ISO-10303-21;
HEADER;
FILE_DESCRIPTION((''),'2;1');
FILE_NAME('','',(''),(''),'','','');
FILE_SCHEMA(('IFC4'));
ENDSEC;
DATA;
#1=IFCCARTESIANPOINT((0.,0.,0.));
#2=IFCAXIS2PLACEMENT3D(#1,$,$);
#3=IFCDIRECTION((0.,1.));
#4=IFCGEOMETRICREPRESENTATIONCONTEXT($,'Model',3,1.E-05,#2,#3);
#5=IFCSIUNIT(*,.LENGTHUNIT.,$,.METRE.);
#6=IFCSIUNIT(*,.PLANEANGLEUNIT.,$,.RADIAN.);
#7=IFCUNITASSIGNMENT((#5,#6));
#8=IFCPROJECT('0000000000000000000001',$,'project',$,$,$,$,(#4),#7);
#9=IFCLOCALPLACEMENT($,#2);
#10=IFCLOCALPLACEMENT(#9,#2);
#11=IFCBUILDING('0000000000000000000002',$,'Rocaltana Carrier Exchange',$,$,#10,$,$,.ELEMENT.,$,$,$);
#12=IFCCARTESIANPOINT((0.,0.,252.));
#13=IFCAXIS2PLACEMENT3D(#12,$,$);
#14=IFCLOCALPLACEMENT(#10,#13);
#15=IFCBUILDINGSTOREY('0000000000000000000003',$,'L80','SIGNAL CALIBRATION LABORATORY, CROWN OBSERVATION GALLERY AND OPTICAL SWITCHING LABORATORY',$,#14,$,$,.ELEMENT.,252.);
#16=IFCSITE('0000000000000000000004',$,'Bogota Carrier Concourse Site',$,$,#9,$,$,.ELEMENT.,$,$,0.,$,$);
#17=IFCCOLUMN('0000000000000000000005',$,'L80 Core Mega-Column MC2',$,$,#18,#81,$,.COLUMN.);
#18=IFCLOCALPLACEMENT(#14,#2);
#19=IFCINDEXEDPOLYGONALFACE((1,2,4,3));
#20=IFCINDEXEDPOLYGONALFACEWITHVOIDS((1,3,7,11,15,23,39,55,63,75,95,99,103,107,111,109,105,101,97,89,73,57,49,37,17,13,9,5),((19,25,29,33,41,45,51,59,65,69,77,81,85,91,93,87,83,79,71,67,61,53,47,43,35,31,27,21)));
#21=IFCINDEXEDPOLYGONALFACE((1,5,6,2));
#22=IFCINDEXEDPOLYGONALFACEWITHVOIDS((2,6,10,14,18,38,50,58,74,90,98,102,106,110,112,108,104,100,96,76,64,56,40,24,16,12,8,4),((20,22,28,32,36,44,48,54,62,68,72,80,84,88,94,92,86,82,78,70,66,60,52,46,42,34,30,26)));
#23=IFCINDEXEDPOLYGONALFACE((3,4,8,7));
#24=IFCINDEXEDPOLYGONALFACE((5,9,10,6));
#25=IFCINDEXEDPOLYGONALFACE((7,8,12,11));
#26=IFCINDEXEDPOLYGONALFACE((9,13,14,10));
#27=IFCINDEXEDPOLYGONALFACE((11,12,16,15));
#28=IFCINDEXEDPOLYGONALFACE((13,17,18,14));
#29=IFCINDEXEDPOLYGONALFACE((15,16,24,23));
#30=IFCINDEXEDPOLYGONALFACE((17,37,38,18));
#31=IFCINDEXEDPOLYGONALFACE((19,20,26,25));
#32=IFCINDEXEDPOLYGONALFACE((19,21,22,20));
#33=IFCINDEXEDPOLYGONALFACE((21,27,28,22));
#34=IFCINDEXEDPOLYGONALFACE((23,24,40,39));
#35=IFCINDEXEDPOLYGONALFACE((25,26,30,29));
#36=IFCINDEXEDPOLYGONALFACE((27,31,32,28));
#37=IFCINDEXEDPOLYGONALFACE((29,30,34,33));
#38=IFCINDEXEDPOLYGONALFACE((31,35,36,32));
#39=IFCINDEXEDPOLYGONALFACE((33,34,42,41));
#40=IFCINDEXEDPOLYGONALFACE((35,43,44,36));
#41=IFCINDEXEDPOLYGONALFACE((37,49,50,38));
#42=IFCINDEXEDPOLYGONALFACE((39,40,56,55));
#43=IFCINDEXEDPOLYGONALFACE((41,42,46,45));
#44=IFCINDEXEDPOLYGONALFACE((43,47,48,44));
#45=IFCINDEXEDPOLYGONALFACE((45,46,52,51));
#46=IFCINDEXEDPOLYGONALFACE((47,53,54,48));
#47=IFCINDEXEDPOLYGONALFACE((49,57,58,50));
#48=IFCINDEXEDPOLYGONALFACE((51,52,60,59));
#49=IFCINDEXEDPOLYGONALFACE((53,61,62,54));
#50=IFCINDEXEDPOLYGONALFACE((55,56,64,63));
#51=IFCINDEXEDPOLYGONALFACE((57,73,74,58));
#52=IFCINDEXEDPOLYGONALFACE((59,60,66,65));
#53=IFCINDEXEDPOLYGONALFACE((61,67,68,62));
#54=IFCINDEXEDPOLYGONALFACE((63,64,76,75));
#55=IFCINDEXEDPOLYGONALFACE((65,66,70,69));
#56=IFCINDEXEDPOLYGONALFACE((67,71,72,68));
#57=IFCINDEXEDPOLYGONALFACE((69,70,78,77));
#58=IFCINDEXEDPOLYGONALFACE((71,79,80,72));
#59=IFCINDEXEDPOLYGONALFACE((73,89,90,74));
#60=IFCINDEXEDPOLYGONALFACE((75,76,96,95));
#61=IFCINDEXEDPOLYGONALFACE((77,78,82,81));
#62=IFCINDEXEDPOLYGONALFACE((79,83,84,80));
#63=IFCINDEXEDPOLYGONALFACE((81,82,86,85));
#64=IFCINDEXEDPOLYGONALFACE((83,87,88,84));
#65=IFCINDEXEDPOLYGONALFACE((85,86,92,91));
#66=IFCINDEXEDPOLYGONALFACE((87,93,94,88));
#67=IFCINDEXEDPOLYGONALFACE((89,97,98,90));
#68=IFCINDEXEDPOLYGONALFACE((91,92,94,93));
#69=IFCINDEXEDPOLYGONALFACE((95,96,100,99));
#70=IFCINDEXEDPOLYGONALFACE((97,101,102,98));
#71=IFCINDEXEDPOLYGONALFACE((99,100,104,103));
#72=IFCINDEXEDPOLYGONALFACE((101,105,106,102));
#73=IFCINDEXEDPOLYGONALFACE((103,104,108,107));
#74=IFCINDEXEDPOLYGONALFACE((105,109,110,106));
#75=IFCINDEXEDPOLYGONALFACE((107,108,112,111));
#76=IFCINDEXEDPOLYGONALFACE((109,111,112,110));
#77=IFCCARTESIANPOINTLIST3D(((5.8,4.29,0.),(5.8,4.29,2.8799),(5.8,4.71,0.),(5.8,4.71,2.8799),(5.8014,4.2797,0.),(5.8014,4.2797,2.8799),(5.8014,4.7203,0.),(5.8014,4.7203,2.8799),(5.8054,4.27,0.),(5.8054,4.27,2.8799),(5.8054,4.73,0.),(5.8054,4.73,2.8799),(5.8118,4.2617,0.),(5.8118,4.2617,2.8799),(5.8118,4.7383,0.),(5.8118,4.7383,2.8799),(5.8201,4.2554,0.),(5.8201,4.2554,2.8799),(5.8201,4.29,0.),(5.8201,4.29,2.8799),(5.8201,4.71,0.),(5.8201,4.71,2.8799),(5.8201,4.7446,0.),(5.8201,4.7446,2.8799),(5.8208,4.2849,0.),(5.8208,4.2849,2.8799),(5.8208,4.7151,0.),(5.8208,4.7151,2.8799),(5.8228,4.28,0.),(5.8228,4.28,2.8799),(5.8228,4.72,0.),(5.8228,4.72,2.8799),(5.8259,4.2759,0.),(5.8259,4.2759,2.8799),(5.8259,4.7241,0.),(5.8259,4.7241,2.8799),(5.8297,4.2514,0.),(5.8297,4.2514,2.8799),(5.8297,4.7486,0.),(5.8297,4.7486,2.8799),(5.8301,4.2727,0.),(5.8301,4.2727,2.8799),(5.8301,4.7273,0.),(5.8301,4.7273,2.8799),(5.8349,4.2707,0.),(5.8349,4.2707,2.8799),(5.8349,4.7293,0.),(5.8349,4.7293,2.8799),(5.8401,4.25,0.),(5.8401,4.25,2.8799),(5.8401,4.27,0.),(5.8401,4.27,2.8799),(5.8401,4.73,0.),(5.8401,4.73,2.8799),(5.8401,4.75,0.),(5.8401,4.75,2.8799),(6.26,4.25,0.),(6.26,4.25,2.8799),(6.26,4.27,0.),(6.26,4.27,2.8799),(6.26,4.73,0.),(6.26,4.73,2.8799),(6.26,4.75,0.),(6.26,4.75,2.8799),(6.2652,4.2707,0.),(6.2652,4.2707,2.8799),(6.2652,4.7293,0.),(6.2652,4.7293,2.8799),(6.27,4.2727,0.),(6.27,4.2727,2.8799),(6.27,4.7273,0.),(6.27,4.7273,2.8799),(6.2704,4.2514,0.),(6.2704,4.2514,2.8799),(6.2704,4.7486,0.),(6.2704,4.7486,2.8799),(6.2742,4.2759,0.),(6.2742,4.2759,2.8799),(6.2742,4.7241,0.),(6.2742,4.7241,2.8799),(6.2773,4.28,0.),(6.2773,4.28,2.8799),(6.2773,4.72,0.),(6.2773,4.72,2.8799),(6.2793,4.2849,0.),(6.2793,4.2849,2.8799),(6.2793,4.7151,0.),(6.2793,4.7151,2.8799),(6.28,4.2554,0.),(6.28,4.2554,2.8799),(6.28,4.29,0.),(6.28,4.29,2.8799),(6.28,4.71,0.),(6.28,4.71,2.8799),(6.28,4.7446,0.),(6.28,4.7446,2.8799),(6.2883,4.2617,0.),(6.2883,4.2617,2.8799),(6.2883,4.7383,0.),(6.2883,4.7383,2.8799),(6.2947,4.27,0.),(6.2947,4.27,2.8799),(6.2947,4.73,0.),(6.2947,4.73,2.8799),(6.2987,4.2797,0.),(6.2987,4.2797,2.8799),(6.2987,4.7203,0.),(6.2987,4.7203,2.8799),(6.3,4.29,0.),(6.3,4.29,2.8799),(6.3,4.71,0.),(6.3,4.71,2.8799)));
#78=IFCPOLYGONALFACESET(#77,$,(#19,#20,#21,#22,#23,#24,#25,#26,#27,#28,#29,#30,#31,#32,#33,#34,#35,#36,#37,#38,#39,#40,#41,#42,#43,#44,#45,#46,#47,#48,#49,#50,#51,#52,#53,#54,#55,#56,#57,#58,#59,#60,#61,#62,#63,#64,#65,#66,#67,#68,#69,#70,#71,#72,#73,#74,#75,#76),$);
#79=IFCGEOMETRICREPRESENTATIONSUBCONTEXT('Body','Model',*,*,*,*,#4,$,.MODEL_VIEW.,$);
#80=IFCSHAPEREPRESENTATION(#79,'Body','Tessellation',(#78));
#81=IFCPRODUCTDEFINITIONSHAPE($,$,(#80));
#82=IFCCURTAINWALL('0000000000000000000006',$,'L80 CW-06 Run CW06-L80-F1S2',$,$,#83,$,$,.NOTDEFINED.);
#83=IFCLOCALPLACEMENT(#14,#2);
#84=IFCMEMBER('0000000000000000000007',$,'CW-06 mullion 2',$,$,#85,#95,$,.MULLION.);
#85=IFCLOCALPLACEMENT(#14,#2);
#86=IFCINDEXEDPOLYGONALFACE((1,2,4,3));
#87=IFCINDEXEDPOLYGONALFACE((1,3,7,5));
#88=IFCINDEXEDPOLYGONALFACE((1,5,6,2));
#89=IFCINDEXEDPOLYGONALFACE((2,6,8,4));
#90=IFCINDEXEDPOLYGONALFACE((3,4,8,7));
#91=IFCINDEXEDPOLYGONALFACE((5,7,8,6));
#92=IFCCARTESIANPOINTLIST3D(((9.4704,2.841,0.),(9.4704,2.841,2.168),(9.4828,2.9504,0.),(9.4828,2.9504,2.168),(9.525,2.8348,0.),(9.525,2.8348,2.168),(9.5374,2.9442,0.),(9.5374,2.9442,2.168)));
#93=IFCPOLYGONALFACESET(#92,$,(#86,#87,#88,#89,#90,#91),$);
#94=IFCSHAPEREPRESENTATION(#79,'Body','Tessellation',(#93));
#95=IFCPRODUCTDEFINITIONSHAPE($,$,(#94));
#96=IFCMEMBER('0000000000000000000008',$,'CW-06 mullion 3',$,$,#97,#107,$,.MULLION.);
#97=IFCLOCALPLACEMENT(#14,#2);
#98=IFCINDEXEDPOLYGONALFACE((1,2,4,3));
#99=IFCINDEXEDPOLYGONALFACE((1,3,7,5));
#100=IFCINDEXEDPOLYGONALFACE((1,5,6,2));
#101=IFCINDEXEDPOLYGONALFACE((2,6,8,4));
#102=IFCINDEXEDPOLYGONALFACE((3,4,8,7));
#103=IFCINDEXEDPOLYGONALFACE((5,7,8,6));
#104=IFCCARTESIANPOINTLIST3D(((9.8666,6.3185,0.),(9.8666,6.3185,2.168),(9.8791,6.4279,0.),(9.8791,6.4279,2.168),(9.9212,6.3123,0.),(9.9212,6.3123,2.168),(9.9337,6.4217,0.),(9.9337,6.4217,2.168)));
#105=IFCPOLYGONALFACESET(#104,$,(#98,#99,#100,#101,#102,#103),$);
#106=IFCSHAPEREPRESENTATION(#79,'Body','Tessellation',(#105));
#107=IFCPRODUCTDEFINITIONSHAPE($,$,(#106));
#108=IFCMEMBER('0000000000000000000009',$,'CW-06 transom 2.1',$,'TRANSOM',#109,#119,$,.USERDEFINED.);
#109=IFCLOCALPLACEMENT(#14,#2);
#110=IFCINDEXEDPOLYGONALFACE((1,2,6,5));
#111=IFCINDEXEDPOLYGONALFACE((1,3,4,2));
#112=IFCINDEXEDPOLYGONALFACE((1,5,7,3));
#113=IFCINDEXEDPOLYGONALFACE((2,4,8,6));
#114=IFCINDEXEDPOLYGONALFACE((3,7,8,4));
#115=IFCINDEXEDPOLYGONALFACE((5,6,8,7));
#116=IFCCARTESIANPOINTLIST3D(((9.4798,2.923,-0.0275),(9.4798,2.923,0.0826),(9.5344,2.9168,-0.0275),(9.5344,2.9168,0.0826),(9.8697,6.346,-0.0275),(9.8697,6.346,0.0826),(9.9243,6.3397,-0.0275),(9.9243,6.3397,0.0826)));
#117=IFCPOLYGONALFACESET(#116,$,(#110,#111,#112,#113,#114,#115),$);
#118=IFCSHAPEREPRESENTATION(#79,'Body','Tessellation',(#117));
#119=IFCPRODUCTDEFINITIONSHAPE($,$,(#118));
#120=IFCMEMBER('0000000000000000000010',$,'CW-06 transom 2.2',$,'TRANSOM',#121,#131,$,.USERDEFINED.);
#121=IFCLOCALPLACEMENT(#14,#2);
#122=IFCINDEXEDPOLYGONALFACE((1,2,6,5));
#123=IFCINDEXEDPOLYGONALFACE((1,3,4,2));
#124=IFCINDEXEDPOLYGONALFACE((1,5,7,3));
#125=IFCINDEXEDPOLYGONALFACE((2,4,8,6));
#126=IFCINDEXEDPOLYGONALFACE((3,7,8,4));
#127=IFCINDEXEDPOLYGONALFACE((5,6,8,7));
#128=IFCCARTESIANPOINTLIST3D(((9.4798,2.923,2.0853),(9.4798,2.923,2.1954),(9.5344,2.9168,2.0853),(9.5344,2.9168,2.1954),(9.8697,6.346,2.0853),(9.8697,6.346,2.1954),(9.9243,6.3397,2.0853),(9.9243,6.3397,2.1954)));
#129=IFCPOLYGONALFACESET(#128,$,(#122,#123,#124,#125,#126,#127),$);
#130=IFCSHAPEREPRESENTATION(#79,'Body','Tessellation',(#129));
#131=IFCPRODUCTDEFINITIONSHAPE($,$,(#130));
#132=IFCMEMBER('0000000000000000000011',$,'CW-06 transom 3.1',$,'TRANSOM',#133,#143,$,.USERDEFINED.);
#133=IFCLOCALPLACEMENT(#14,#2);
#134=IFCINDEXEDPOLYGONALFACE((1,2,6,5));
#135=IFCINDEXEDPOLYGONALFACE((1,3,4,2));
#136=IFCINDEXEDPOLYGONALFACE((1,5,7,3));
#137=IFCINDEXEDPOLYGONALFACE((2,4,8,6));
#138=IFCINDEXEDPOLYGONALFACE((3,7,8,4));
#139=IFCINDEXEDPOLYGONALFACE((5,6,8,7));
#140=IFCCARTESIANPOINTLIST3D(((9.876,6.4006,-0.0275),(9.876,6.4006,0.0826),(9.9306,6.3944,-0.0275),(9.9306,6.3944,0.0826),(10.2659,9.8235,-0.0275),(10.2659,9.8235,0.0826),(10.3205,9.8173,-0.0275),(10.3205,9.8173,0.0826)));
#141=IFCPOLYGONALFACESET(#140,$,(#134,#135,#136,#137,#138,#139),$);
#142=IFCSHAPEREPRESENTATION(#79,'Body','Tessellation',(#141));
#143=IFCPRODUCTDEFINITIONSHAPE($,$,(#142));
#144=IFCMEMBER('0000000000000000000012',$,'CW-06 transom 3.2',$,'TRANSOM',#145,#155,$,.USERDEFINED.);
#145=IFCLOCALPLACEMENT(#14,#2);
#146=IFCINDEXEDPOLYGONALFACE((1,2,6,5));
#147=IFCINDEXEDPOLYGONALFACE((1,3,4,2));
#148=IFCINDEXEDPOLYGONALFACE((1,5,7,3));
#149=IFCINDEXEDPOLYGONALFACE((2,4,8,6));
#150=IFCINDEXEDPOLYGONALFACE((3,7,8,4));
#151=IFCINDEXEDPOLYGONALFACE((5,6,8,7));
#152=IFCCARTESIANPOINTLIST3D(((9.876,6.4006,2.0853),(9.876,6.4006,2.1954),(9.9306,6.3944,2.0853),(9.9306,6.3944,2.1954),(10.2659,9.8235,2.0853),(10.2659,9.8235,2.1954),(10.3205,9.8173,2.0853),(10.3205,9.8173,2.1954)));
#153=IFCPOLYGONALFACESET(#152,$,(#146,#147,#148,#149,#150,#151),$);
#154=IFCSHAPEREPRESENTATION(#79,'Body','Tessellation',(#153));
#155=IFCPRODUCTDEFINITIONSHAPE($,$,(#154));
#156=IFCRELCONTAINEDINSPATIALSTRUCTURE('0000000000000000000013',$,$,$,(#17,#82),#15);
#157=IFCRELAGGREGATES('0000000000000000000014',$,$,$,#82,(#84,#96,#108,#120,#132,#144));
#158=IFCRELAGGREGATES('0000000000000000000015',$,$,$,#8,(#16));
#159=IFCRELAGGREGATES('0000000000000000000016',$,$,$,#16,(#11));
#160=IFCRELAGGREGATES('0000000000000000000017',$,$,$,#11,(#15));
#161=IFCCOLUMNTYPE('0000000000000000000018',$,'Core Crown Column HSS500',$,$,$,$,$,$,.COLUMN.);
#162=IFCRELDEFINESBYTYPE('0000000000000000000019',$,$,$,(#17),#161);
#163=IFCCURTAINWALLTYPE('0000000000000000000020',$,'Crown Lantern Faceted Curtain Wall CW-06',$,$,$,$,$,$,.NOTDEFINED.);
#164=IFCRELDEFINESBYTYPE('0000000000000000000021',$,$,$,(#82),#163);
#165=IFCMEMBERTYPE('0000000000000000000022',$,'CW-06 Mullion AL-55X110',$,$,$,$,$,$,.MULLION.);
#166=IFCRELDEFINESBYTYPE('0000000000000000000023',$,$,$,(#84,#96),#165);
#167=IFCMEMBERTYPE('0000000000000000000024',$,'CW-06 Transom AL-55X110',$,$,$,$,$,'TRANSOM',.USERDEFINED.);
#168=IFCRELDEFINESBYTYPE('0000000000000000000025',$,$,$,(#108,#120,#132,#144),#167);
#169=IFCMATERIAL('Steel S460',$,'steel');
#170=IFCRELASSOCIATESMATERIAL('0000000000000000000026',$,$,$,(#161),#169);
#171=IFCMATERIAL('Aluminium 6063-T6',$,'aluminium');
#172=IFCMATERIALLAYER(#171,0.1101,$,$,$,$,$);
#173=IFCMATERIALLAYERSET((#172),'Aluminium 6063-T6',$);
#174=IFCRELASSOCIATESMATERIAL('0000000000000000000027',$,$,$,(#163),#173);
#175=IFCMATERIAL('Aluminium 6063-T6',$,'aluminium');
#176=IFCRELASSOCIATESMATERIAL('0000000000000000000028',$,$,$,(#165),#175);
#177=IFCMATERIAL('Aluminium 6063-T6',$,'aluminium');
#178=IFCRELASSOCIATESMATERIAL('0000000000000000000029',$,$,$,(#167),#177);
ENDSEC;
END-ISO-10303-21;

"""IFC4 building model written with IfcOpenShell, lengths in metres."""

from ifc_helpers import new_model, si_unit, direction, frame, origin, origin_2d, place, context, subcontext, project, spatial, rectangle, hollow_rectangle, extrude, material, layer, layer_set, material_profile, profile_set, type_object, element, aggregate, save


model = new_model("IFC4")

# Units and contexts
model_context = context("Model", 3, precision=1e-05, world=origin(), true_north=direction((0.0, 1.0)))
body_context = subcontext(model_context, "Body", "Model", "MODEL_VIEW")
ifc_project = project(units=[si_unit("LENGTHUNIT", "METRE"), si_unit("PLANEANGLEUNIT", "RADIAN")], contexts=[model_context])

# Site, building, storey
site_placement = place(None, origin())
site = spatial("IfcSite", under=ifc_project, at=site_placement, Name="Bogota Carrier Concourse Site", CompositionType="ELEMENT", RefElevation=0.0)
building_placement = place(site_placement, origin())
building = spatial("IfcBuilding", under=site, at=building_placement, Name="Rocaltana Carrier Exchange", CompositionType="ELEMENT")
storey_placement = place(building_placement, frame((0.0, 0.0, 252.0)))
storey = spatial("IfcBuildingStorey", under=building, at=storey_placement, Name="L80", Description="SIGNAL CALIBRATION LABORATORY, CROWN OBSERVATION GALLERY AND OPTICAL SWITCHING LABORATORY", CompositionType="ELEMENT", Elevation=252.0)

# Column
ifc_material_1 = material(Name="Steel S460", Category="steel")
ifc_material_profile_1 = material_profile(ifc_material_1, hollow_rectangle(XDim=0.5, YDim=0.5, WallThickness=0.02, InnerFilletRadius=0.02, OuterFilletRadius=0.04, at=origin_2d()), Name="HSS500X500X20")
ifc_profile_set_1 = profile_set([ifc_material_profile_1], Name="Steel S460")
column_type = type_object("IfcColumnType", Name="Core Crown Column HSS500", PredefinedType="COLUMN", material=ifc_profile_set_1)
column_placement = place(storey_placement, frame((6.05, 4.5, 0.0), z_axis=(0.0, 0.0, 1.0), x_axis=(1.0, 0.0, 0.0)))
element("IfcColumn", 1, at=column_placement, inside=storey, type_object=column_type, Name="L80 Core Mega-Column MC2", PredefinedType="COLUMN", context=body_context, shape_type="SweptSolid", body=[
    extrude(hollow_rectangle(XDim=0.5, YDim=0.5, WallThickness=0.02, InnerFilletRadius=0.02, OuterFilletRadius=0.04, at=origin_2d()), origin(), (0.0, 0.0, 1.0), 2.8799),
])

# Curtain wall, members
ifc_material_2 = material(Name="Aluminium 6063-T6", Category="aluminium")
ifc_layer_1 = layer(ifc_material_2, 0.1101)
ifc_layer_set_1 = layer_set([ifc_layer_1], Name="Aluminium 6063-T6")
curtain_wall_type = type_object("IfcCurtainWallType", Name="Crown Lantern Faceted Curtain Wall CW-06", PredefinedType="NOTDEFINED", material=ifc_layer_set_1)
curtain_wall_placement = place(storey_placement, origin())
curtain_wall = element("IfcCurtainWall", 2, at=curtain_wall_placement, inside=storey, type_object=curtain_wall_type, Name="L80 CW-06 Run CW06-L80-F1S2", PredefinedType="NOTDEFINED")
ifc_material_3 = material(Name="Aluminium 6063-T6", Category="aluminium")
ifc_material_profile_2 = material_profile(ifc_material_3, rectangle(XDim=0.0549, YDim=0.1101, at=origin_2d()), Name="AL-55X110")
ifc_profile_set_2 = profile_set([ifc_material_profile_2], Name="Aluminium 6063-T6")
member_type_1 = type_object("IfcMemberType", Name="CW-06 Mullion AL-55X110", PredefinedType="MULLION", material=ifc_profile_set_2)
member_1_placement = place(storey_placement, frame((9.5039, 2.8926, 0.0), z_axis=(0.0, 0.0, 1.0), x_axis=(-0.993572, 0.1132, 0.0)))
member_1 = element("IfcMember", 3, at=member_1_placement, type_object=member_type_1, Name="CW-06 mullion 2", PredefinedType="MULLION", context=body_context, shape_type="SweptSolid", body=[
    extrude(rectangle(XDim=0.0549, YDim=0.1101, at=origin_2d()), origin(), (0.0, 0.0, 1.0), 2.168),
])
member_2_placement = place(storey_placement, frame((9.9001, 6.3701, 0.0), z_axis=(0.0, 0.0, 1.0), x_axis=(-0.993572, 0.1132, 0.0)))
member_2 = element("IfcMember", 4, at=member_2_placement, type_object=member_type_1, Name="CW-06 mullion 3", PredefinedType="MULLION", context=body_context, shape_type="SweptSolid", body=[
    extrude(rectangle(XDim=0.0549, YDim=0.1101, at=origin_2d()), origin(), (0.0, 0.0, 1.0), 2.168),
])
ifc_material_4 = material(Name="Aluminium 6063-T6", Category="aluminium")
ifc_material_profile_3 = material_profile(ifc_material_4, rectangle(XDim=0.0549, YDim=0.1101, at=origin_2d()), Name="AL-55X110")
ifc_profile_set_3 = profile_set([ifc_material_profile_3], Name="Aluminium 6063-T6")
member_type_2 = type_object("IfcMemberType", Name="CW-06 Transom AL-55X110", ElementType="TRANSOM", PredefinedType="USERDEFINED", material=ifc_profile_set_3)
member_3_placement = place(storey_placement, frame((9.5071, 2.9199, 0.0276), z_axis=(0.113177, 0.993575, 0.0), x_axis=(-0.993575, 0.113177, 0.0)))
member_3 = element("IfcMember", 5, at=member_3_placement, type_object=member_type_2, Name="CW-06 transom 2.1", ObjectType="TRANSOM", PredefinedType="USERDEFINED", context=body_context, shape_type="SweptSolid", body=[
    extrude(rectangle(XDim=0.0549, YDim=0.1101, at=origin_2d()), origin(), (0.0, 0.0, 1.0), 3.4451),
])
member_4_placement = place(storey_placement, frame((9.5071, 2.9199, 2.1404), z_axis=(0.113177, 0.993575, 0.0), x_axis=(-0.993575, 0.113177, 0.0)))
member_4 = element("IfcMember", 6, at=member_4_placement, type_object=member_type_2, Name="CW-06 transom 2.2", ObjectType="TRANSOM", PredefinedType="USERDEFINED", context=body_context, shape_type="SweptSolid", body=[
    extrude(rectangle(XDim=0.0549, YDim=0.1101, at=origin_2d()), origin(), (0.0, 0.0, 1.0), 3.4451),
])
member_5_placement = place(storey_placement, frame((9.9033, 6.3975, 0.0276), z_axis=(0.113177, 0.993575, 0.0), x_axis=(-0.993575, 0.113177, 0.0)))
member_5 = element("IfcMember", 7, at=member_5_placement, type_object=member_type_2, Name="CW-06 transom 3.1", ObjectType="TRANSOM", PredefinedType="USERDEFINED", context=body_context, shape_type="SweptSolid", body=[
    extrude(rectangle(XDim=0.0549, YDim=0.1101, at=origin_2d()), origin(), (0.0, 0.0, 1.0), 3.4451),
])
member_6_placement = place(storey_placement, frame((9.9033, 6.3975, 2.1404), z_axis=(0.113177, 0.993575, 0.0), x_axis=(-0.993575, 0.113177, 0.0)))
member_6 = element("IfcMember", 8, at=member_6_placement, type_object=member_type_2, Name="CW-06 transom 3.2", ObjectType="TRANSOM", PredefinedType="USERDEFINED", context=body_context, shape_type="SweptSolid", body=[
    extrude(rectangle(XDim=0.0549, YDim=0.1101, at=origin_2d()), origin(), (0.0, 0.0, 1.0), 3.4451),
])

aggregate(curtain_wall, [member_1, member_2, member_3, member_4, member_5, member_6])

save(model, "model.ifc")
